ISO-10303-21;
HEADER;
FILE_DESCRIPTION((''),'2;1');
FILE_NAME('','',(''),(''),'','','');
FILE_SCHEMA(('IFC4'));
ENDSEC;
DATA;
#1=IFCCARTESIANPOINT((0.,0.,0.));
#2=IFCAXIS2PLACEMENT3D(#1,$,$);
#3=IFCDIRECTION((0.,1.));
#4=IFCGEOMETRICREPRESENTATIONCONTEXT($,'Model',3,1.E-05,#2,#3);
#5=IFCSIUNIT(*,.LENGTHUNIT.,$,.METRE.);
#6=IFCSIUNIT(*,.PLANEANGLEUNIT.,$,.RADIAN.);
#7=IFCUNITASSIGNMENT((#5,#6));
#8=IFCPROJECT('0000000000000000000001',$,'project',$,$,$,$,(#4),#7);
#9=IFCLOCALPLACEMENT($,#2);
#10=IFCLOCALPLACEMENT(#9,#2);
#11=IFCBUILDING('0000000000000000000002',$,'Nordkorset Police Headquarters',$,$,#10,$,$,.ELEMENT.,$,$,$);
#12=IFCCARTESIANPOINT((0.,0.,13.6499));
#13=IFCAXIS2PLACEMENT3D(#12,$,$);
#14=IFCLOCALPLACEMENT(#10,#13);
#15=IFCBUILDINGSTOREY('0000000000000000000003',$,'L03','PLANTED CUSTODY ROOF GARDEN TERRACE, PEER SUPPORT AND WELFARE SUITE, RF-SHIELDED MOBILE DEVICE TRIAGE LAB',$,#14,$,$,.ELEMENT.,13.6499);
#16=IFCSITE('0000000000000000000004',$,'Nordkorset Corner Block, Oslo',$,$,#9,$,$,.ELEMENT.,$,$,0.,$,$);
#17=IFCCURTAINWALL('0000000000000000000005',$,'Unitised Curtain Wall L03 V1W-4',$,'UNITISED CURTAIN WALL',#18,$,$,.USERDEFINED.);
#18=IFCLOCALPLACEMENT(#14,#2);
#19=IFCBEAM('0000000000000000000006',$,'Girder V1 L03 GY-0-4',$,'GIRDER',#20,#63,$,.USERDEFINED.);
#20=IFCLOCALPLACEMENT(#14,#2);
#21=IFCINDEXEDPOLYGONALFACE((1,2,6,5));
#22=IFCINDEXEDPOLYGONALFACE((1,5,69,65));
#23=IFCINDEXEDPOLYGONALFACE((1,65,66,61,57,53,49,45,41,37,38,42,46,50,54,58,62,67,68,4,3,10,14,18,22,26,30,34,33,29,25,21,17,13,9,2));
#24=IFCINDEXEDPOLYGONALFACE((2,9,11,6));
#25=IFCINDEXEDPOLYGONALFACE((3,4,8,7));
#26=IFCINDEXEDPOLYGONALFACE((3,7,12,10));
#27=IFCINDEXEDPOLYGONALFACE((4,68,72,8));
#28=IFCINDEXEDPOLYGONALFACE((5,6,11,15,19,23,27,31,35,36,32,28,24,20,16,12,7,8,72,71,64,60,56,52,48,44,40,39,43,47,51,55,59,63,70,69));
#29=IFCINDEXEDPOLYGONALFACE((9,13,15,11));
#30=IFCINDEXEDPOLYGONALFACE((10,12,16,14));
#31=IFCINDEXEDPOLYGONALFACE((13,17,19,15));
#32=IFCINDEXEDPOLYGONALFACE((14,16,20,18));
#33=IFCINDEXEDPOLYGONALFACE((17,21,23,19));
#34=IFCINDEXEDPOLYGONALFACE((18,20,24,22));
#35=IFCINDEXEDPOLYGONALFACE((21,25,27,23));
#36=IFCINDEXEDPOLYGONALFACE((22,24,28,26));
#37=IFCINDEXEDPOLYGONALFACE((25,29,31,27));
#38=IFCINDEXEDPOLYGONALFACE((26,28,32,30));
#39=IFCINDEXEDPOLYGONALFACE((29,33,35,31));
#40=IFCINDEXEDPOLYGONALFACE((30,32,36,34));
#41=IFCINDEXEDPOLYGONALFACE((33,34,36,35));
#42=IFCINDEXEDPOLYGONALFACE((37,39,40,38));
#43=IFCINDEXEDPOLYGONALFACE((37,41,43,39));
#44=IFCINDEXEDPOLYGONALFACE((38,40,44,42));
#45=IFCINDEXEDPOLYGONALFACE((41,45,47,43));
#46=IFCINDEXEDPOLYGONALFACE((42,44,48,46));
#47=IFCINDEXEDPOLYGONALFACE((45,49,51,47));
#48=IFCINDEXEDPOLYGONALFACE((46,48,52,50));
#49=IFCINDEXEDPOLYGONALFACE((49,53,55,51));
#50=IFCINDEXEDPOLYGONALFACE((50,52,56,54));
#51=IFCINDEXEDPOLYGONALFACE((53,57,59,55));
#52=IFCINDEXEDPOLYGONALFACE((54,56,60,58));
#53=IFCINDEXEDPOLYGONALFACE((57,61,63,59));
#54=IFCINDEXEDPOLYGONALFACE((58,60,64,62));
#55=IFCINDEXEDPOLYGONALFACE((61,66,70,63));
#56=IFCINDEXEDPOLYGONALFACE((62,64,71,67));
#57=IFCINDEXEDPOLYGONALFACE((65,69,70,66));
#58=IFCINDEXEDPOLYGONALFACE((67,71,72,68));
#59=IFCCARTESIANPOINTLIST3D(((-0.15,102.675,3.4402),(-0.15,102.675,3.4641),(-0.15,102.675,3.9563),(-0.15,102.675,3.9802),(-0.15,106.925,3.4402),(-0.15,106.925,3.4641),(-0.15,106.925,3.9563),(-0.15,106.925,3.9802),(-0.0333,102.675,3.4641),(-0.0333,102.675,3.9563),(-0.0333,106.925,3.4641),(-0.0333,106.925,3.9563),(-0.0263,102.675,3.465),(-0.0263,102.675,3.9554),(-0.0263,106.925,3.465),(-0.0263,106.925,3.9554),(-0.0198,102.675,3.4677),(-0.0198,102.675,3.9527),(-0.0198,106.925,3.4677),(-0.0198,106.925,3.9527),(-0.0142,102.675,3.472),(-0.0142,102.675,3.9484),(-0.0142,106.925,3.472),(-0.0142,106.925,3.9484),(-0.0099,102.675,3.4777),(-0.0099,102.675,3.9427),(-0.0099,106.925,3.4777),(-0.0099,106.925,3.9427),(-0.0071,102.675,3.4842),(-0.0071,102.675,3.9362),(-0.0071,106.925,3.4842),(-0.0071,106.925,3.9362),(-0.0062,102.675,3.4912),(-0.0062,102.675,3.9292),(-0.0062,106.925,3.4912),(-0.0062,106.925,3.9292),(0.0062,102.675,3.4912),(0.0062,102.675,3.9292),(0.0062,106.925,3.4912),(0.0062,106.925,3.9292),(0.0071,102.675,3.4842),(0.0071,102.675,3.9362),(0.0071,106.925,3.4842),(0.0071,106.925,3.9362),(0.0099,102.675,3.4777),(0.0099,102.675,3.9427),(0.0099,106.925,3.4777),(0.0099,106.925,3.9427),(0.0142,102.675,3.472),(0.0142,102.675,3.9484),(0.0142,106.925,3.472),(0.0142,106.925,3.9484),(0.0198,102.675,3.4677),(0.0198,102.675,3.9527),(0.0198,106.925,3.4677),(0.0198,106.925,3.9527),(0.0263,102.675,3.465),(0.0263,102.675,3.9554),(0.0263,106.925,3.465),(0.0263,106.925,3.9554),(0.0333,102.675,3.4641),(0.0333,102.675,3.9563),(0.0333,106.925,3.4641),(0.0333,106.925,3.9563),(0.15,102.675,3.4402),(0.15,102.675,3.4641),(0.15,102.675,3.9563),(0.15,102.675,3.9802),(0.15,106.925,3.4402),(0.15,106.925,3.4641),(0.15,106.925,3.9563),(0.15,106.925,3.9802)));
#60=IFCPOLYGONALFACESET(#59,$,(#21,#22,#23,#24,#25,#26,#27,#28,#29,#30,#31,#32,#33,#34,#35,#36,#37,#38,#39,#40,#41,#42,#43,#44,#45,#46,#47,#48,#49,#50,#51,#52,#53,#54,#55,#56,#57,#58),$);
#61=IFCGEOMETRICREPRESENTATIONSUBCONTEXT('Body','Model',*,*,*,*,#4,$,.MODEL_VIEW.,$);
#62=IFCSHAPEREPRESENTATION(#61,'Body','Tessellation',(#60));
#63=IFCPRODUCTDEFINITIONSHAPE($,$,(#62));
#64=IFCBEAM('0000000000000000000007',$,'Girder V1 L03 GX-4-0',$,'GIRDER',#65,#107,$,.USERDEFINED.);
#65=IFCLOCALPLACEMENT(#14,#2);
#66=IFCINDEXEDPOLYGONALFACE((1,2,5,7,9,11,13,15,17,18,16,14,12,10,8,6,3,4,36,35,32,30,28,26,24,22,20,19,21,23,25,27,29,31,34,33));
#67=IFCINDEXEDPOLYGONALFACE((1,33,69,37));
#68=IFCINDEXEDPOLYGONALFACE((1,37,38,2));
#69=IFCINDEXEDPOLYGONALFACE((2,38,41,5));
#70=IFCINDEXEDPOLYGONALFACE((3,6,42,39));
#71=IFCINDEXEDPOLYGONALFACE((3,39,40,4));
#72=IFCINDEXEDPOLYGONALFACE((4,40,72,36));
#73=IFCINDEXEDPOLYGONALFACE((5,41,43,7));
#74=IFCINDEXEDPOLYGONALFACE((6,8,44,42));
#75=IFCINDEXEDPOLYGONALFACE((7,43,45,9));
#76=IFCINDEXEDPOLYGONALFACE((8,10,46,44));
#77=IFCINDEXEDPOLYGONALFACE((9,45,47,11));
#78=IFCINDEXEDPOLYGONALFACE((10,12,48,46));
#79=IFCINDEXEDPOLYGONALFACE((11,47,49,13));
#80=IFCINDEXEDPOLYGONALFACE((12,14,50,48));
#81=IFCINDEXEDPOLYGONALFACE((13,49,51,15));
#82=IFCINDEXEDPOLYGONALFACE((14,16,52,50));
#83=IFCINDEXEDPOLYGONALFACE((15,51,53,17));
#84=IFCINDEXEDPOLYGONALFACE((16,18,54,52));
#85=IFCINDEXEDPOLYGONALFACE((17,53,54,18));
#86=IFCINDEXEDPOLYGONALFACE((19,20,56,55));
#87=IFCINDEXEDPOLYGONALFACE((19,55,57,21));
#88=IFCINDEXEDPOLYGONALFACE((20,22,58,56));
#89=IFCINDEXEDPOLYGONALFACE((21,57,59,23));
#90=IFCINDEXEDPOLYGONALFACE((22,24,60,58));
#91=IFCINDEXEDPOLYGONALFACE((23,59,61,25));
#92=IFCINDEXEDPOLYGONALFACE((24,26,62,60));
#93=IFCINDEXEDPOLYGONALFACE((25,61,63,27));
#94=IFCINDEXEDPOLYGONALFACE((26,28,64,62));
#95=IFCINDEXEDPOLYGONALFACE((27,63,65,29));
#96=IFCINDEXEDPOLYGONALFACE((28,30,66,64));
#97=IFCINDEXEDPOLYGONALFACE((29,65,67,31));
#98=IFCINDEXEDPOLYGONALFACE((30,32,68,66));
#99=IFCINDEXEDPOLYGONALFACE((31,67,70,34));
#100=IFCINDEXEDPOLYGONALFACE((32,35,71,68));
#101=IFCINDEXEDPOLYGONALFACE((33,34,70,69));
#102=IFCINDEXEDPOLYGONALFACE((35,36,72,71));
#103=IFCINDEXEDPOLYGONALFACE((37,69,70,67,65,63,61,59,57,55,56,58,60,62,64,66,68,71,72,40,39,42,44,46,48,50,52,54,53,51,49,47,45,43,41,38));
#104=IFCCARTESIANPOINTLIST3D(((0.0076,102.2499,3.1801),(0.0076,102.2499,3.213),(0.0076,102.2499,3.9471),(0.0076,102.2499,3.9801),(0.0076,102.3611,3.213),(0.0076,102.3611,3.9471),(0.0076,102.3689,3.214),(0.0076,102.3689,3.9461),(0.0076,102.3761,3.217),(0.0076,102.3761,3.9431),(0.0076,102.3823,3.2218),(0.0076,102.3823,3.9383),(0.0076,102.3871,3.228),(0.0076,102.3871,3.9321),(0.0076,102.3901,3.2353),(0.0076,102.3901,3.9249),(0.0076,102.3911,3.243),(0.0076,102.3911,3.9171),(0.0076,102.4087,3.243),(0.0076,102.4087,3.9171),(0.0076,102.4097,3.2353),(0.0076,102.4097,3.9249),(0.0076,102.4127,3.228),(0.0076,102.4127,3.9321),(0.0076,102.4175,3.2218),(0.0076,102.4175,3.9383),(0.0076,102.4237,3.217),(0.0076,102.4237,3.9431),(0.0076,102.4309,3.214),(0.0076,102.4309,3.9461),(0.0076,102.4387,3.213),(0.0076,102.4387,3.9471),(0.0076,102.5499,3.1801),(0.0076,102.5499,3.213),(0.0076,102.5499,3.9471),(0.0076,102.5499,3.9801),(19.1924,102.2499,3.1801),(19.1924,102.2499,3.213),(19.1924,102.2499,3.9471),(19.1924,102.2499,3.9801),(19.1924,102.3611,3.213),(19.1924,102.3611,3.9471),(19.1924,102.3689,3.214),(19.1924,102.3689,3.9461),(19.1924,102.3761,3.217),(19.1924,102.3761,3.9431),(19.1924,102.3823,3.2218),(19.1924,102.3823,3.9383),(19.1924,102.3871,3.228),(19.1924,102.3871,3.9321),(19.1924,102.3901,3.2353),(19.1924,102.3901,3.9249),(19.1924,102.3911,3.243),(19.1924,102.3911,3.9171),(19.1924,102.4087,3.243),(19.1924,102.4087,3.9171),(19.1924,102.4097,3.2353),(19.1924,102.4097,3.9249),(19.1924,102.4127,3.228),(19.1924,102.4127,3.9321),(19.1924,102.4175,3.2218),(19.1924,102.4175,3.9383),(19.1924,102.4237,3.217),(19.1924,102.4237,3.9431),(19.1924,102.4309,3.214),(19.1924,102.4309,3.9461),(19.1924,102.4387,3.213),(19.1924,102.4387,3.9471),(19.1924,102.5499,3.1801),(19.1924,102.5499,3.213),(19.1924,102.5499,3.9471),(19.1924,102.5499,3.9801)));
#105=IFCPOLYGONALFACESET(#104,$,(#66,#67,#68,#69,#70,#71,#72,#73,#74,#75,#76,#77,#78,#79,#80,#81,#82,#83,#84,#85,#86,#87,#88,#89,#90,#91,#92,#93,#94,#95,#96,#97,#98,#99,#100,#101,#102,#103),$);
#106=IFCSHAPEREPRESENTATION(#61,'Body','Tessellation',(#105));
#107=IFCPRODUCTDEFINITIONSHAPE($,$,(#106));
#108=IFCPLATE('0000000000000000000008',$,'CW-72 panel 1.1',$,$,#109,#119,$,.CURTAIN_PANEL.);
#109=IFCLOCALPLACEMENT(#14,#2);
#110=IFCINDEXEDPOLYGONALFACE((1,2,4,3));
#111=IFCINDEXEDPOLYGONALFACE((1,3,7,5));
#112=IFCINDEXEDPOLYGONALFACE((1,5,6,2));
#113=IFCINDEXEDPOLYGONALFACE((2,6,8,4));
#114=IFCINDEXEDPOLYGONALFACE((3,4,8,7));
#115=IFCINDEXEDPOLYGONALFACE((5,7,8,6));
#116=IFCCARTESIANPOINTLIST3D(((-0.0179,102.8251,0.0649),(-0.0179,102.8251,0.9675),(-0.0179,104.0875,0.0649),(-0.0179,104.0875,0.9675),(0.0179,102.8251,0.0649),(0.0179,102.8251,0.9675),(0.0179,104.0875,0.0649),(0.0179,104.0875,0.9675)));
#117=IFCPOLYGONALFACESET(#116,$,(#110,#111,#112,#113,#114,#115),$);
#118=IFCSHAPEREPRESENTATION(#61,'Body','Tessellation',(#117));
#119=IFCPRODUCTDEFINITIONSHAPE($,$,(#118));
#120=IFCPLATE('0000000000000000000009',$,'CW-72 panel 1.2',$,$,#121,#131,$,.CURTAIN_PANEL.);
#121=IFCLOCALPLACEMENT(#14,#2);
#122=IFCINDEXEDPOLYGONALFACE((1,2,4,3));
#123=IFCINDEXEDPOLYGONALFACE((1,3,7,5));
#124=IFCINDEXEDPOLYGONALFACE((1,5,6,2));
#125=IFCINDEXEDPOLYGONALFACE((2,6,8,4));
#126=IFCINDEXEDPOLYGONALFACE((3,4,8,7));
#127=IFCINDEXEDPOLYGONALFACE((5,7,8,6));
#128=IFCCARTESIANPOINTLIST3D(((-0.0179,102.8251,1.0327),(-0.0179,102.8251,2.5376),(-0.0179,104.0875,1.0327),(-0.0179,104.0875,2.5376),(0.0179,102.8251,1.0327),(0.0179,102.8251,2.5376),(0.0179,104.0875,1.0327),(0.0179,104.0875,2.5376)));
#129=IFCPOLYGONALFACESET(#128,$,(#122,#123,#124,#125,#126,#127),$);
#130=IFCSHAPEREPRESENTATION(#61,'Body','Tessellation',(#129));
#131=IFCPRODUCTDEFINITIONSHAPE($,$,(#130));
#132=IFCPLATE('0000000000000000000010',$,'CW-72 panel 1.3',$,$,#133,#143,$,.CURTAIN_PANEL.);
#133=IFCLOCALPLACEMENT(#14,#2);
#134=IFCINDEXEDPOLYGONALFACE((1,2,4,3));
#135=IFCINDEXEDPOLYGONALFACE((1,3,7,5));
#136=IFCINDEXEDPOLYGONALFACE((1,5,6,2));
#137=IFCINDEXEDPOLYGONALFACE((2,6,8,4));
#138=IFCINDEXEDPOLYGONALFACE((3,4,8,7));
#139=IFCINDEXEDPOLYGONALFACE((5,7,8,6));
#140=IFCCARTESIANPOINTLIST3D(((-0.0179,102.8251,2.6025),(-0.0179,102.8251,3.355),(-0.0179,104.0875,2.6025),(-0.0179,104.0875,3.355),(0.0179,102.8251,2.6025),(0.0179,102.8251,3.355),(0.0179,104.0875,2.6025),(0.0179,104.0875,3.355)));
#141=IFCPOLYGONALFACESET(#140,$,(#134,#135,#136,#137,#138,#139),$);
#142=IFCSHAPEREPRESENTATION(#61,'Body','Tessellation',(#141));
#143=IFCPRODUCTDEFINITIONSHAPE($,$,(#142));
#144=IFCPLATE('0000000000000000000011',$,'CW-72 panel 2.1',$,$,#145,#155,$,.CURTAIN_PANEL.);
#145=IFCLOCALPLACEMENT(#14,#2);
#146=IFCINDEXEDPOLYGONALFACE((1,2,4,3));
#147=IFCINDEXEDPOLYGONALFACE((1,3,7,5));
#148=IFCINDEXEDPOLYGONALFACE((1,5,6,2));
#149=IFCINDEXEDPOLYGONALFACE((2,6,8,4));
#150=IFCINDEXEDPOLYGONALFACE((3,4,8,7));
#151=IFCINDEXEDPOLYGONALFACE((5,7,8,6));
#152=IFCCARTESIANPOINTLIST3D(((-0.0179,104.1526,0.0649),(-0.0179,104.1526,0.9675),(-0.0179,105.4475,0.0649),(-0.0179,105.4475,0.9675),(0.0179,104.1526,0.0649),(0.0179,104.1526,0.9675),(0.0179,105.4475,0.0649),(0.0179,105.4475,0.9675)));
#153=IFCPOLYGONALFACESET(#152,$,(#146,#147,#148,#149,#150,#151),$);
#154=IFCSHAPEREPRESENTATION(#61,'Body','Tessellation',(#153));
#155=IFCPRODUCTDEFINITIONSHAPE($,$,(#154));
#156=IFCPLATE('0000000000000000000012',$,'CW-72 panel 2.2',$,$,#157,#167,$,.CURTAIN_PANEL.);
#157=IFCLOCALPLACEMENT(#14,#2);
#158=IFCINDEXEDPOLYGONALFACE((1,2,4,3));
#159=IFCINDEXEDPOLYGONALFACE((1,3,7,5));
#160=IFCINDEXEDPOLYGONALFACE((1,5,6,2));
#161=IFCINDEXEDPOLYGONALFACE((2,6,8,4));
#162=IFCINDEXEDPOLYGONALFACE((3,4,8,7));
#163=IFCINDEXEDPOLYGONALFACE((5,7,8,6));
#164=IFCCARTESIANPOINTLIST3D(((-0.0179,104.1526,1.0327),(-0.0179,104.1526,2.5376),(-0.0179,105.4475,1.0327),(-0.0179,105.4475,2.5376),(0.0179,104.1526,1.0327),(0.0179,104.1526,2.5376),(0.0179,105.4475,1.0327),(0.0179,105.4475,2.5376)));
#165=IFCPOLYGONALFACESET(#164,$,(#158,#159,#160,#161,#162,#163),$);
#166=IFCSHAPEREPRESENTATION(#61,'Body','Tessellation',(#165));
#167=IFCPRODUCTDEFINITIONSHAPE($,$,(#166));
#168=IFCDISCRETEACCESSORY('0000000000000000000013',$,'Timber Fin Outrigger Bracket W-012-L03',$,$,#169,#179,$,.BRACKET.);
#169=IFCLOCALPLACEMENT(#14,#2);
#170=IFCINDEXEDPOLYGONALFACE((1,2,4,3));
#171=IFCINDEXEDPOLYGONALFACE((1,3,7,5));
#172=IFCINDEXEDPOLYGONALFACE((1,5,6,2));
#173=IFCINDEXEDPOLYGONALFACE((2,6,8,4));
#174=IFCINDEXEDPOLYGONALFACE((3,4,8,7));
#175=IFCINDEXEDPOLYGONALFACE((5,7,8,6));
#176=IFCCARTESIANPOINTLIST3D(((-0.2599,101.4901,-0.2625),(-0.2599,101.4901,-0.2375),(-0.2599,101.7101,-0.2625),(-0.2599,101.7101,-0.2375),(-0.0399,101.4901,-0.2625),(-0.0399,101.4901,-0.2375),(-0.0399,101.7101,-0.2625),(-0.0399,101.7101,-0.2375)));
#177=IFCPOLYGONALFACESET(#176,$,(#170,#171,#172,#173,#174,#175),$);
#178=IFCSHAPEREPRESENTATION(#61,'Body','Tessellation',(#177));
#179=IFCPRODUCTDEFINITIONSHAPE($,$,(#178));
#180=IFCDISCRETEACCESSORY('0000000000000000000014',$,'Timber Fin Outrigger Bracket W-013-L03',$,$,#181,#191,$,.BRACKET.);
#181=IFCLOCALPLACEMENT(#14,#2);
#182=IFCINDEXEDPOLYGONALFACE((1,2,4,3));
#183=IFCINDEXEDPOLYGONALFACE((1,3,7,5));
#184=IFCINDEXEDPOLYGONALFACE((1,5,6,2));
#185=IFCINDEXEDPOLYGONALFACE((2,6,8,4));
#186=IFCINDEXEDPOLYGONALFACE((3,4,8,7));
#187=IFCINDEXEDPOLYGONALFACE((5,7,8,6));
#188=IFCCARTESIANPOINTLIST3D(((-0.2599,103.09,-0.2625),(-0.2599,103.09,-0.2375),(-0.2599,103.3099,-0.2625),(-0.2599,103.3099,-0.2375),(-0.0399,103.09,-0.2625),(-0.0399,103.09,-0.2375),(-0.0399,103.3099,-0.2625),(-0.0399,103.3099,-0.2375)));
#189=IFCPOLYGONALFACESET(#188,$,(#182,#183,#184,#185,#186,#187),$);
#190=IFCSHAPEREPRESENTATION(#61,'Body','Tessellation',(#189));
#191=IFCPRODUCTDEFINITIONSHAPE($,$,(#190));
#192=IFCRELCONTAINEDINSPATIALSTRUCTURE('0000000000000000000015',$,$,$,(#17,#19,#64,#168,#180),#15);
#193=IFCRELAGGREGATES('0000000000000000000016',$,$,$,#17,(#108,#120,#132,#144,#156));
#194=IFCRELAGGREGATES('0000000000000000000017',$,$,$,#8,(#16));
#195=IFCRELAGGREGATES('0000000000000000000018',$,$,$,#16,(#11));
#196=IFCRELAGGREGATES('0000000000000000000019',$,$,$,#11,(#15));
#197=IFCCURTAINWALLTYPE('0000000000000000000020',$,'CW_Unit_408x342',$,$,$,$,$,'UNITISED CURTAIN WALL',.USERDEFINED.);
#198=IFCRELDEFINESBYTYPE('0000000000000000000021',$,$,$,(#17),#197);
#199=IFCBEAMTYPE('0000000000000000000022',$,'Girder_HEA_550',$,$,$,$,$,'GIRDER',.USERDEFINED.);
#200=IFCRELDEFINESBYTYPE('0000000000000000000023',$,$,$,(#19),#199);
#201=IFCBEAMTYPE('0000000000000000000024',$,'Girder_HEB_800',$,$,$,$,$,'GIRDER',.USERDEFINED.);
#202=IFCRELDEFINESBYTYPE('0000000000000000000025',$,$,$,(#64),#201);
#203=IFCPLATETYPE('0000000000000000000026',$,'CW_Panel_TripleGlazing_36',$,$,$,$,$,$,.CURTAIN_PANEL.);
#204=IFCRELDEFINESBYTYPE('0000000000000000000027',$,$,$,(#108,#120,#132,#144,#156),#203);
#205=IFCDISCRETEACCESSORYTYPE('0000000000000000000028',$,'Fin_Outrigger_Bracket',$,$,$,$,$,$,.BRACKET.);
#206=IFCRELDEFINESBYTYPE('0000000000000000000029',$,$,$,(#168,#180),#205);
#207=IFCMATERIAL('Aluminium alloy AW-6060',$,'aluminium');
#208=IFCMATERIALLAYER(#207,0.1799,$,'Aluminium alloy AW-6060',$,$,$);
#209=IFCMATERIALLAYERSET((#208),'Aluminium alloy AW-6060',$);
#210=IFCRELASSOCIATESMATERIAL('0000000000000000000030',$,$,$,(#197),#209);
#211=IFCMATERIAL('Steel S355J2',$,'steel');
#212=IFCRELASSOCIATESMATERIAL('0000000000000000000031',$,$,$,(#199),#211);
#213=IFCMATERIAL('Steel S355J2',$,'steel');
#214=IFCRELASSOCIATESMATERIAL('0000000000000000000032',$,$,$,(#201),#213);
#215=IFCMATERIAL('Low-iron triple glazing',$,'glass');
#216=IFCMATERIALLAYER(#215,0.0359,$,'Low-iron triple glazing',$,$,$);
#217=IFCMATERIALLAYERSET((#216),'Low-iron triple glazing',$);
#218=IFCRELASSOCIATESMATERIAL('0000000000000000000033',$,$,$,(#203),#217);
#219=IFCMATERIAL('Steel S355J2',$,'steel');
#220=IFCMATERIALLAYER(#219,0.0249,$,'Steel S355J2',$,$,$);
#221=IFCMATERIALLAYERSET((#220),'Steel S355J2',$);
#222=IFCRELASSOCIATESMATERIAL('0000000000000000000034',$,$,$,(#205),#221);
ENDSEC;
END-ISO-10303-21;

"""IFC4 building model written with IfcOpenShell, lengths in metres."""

from ifc_helpers import new_model, si_unit, direction, frame, origin, origin_2d, place, context, subcontext, project, spatial, rectangle, i_section, extrude, material, layer, layer_set, material_profile, profile_set, type_object, element, aggregate, save


model = new_model("IFC4")

# Units and contexts
model_context = context("Model", 3, precision=1e-05, world=origin(), true_north=direction((0.0, 1.0)))
body_context = subcontext(model_context, "Body", "Model", "MODEL_VIEW")
ifc_project = project(units=[si_unit("LENGTHUNIT", "METRE"), si_unit("PLANEANGLEUNIT", "RADIAN")], contexts=[model_context])

# Site, building, storey
site_placement = place(None, origin())
site = spatial("IfcSite", under=ifc_project, at=site_placement, Name="Nordkorset Corner Block, Oslo", CompositionType="ELEMENT", RefElevation=0.0)
building_placement = place(site_placement, origin())
building = spatial("IfcBuilding", under=site, at=building_placement, Name="Nordkorset Police Headquarters", CompositionType="ELEMENT")
storey_placement = place(building_placement, frame((0.0, 0.0, 13.6499)))
storey = spatial("IfcBuildingStorey", under=building, at=storey_placement, Name="L03", Description="PLANTED CUSTODY ROOF GARDEN TERRACE, PEER SUPPORT AND WELFARE SUITE, RF-SHIELDED MOBILE DEVICE TRIAGE LAB", CompositionType="ELEMENT", Elevation=13.6499)

# Shared definitions
ifc_material_1 = material(Name="Aluminium alloy AW-6060", Category="aluminium")
ifc_layer_1 = layer(ifc_material_1, 0.1799, Name="Aluminium alloy AW-6060")
ifc_layer_set_1 = layer_set([ifc_layer_1], Name="Aluminium alloy AW-6060")
curtain_wall_type = type_object("IfcCurtainWallType", Name="CW_Unit_408x342", ElementType="UNITISED CURTAIN WALL", PredefinedType="USERDEFINED", material=ifc_layer_set_1)

# Curtain wall
curtain_wall_1_placement = place(storey_placement, origin())
curtain_wall_1 = element("IfcCurtainWall", 1, at=curtain_wall_1_placement, inside=storey, type_object=curtain_wall_type, Name="Unitised Curtain Wall L03 V1W-4", ObjectType="UNITISED CURTAIN WALL", PredefinedType="USERDEFINED")

# Beams
ifc_material_2 = material(Name="Steel S355J2", Category="steel")
ifc_material_profile_1 = material_profile(ifc_material_2, i_section(OverallWidth=0.3, OverallDepth=0.54, WebThickness=0.0125, FlangeThickness=0.0239, FilletRadius=0.0271, at=origin_2d()), Name="HEA 550")
ifc_profile_set_1 = profile_set([ifc_material_profile_1], Name="Steel S355J2")
beam_type_1 = type_object("IfcBeamType", Name="Girder_HEA_550", ElementType="GIRDER", PredefinedType="USERDEFINED", material=ifc_profile_set_1)
beam_1_placement = place(storey_placement, frame((0.0, 102.675, 3.7102), z_axis=(0.0, 1.0, 0.0), x_axis=(-1.0, 0.0, 0.0)))
element("IfcBeam", 2, at=beam_1_placement, inside=storey, type_object=beam_type_1, Name="Girder V1 L03 GY-0-4", ObjectType="GIRDER", PredefinedType="USERDEFINED", context=body_context, shape_type="SweptSolid", body=[
    extrude(i_section(OverallWidth=0.3, OverallDepth=0.54, WebThickness=0.0125, FlangeThickness=0.0239, FilletRadius=0.0271, at=origin_2d()), origin(), (0.0, 0.0, 1.0), 4.25),
])
ifc_material_3 = material(Name="Steel S355J2", Category="steel")
ifc_material_profile_2 = material_profile(ifc_material_3, i_section(OverallWidth=0.3, OverallDepth=0.8, WebThickness=0.0176, FlangeThickness=0.033, FilletRadius=0.03, at=origin_2d()), Name="HEB 800")
ifc_profile_set_2 = profile_set([ifc_material_profile_2], Name="Steel S355J2")
beam_type_2 = type_object("IfcBeamType", Name="Girder_HEB_800", ElementType="GIRDER", PredefinedType="USERDEFINED", material=ifc_profile_set_2)
beam_2_placement = place(storey_placement, frame((0.0076, 102.3999, 3.5801), z_axis=(1.0, 0.0, 0.0), x_axis=(0.0, 1.0, 0.0)))
element("IfcBeam", 3, at=beam_2_placement, inside=storey, type_object=beam_type_2, Name="Girder V1 L03 GX-4-0", ObjectType="GIRDER", PredefinedType="USERDEFINED", context=body_context, shape_type="SweptSolid", body=[
    extrude(i_section(OverallWidth=0.3, OverallDepth=0.8, WebThickness=0.0176, FlangeThickness=0.033, FilletRadius=0.03, at=origin_2d()), origin(), (0.0, 0.0, 1.0), 19.1848),
])

# Plates
ifc_material_4 = material(Name="Low-iron triple glazing", Category="glass")
ifc_layer_2 = layer(ifc_material_4, 0.0359, Name="Low-iron triple glazing")
ifc_layer_set_2 = layer_set([ifc_layer_2], Name="Low-iron triple glazing")
plate_type = type_object("IfcPlateType", Name="CW_Panel_TripleGlazing_36", PredefinedType="CURTAIN_PANEL", material=ifc_layer_set_2)
plate_1_placement = place(storey_placement, frame((0.0, 103.4563, 0.0649), z_axis=(0.0, 0.0, 1.0), x_axis=(0.0, 1.0, 0.0)))
plate_1 = element("IfcPlate", 4, at=plate_1_placement, type_object=plate_type, Name="CW-72 panel 1.1", PredefinedType="CURTAIN_PANEL", context=body_context, shape_type="SweptSolid", body=[
    extrude(rectangle(XDim=1.2625, YDim=0.0359, at=origin_2d()), origin(), (0.0, 0.0, 1.0), 0.9026),
])
plate_2_placement = place(storey_placement, frame((0.0, 103.4563, 1.0327), z_axis=(0.0, 0.0, 1.0), x_axis=(0.0, 1.0, 0.0)))
plate_2 = element("IfcPlate", 5, at=plate_2_placement, type_object=plate_type, Name="CW-72 panel 1.2", PredefinedType="CURTAIN_PANEL", context=body_context, shape_type="SweptSolid", body=[
    extrude(rectangle(XDim=1.2625, YDim=0.0359, at=origin_2d()), origin(), (0.0, 0.0, 1.0), 1.5049),
])
plate_3_placement = place(storey_placement, frame((0.0, 103.4563, 2.6025), z_axis=(0.0, 0.0, 1.0), x_axis=(0.0, 1.0, 0.0)))
plate_3 = element("IfcPlate", 6, at=plate_3_placement, type_object=plate_type, Name="CW-72 panel 1.3", PredefinedType="CURTAIN_PANEL", context=body_context, shape_type="SweptSolid", body=[
    extrude(rectangle(XDim=1.2625, YDim=0.0359, at=origin_2d()), origin(), (0.0, 0.0, 1.0), 0.7524),
])
plate_4_placement = place(storey_placement, frame((0.0, 104.8, 0.0649), z_axis=(0.0, 0.0, 1.0), x_axis=(0.0, 1.0, 0.0)))
plate_4 = element("IfcPlate", 7, at=plate_4_placement, type_object=plate_type, Name="CW-72 panel 2.1", PredefinedType="CURTAIN_PANEL", context=body_context, shape_type="SweptSolid", body=[
    extrude(rectangle(XDim=1.2949, YDim=0.0359, at=origin_2d()), origin(), (0.0, 0.0, 1.0), 0.9026),
])
plate_5_placement = place(storey_placement, frame((0.0, 104.8, 1.0327), z_axis=(0.0, 0.0, 1.0), x_axis=(0.0, 1.0, 0.0)))
plate_5 = element("IfcPlate", 8, at=plate_5_placement, type_object=plate_type, Name="CW-72 panel 2.2", PredefinedType="CURTAIN_PANEL", context=body_context, shape_type="SweptSolid", body=[
    extrude(rectangle(XDim=1.2949, YDim=0.0359, at=origin_2d()), origin(), (0.0, 0.0, 1.0), 1.5049),
])
aggregate(curtain_wall_1, [plate_1, plate_2, plate_3, plate_4, plate_5])

# Discrete accessories
ifc_material_5 = material(Name="Steel S355J2", Category="steel")
ifc_layer_3 = layer(ifc_material_5, 0.0249, Name="Steel S355J2")
ifc_layer_set_3 = layer_set([ifc_layer_3], Name="Steel S355J2")
discrete_accessory_type = type_object("IfcDiscreteAccessoryType", Name="Fin_Outrigger_Bracket", PredefinedType="BRACKET", material=ifc_layer_set_3)
for number, where, z_axis, x_axis, name in (
    (9, (-0.1499, 101.6001, -0.2625), (0.0, 0.0, 1.0), (1.0, 0.0, 0.0), "Timber Fin Outrigger Bracket W-012-L03"),
    (10, (-0.1499, 103.2, -0.2625), (0.0, 0.0, 1.0), (1.0, 0.0, 0.0), "Timber Fin Outrigger Bracket W-013-L03"),
):
    element("IfcDiscreteAccessory", number, at=place(storey_placement, frame(where, z_axis=z_axis, x_axis=x_axis)), inside=storey, type_object=discrete_accessory_type, Name=name, PredefinedType="BRACKET", context=body_context, shape_type="SweptSolid", body=[
        extrude(rectangle(XDim=0.22, YDim=0.22, at=origin_2d()), origin(), (0.0, 0.0, 1.0), 0.0249),
    ])

save(model, "model.ifc")
